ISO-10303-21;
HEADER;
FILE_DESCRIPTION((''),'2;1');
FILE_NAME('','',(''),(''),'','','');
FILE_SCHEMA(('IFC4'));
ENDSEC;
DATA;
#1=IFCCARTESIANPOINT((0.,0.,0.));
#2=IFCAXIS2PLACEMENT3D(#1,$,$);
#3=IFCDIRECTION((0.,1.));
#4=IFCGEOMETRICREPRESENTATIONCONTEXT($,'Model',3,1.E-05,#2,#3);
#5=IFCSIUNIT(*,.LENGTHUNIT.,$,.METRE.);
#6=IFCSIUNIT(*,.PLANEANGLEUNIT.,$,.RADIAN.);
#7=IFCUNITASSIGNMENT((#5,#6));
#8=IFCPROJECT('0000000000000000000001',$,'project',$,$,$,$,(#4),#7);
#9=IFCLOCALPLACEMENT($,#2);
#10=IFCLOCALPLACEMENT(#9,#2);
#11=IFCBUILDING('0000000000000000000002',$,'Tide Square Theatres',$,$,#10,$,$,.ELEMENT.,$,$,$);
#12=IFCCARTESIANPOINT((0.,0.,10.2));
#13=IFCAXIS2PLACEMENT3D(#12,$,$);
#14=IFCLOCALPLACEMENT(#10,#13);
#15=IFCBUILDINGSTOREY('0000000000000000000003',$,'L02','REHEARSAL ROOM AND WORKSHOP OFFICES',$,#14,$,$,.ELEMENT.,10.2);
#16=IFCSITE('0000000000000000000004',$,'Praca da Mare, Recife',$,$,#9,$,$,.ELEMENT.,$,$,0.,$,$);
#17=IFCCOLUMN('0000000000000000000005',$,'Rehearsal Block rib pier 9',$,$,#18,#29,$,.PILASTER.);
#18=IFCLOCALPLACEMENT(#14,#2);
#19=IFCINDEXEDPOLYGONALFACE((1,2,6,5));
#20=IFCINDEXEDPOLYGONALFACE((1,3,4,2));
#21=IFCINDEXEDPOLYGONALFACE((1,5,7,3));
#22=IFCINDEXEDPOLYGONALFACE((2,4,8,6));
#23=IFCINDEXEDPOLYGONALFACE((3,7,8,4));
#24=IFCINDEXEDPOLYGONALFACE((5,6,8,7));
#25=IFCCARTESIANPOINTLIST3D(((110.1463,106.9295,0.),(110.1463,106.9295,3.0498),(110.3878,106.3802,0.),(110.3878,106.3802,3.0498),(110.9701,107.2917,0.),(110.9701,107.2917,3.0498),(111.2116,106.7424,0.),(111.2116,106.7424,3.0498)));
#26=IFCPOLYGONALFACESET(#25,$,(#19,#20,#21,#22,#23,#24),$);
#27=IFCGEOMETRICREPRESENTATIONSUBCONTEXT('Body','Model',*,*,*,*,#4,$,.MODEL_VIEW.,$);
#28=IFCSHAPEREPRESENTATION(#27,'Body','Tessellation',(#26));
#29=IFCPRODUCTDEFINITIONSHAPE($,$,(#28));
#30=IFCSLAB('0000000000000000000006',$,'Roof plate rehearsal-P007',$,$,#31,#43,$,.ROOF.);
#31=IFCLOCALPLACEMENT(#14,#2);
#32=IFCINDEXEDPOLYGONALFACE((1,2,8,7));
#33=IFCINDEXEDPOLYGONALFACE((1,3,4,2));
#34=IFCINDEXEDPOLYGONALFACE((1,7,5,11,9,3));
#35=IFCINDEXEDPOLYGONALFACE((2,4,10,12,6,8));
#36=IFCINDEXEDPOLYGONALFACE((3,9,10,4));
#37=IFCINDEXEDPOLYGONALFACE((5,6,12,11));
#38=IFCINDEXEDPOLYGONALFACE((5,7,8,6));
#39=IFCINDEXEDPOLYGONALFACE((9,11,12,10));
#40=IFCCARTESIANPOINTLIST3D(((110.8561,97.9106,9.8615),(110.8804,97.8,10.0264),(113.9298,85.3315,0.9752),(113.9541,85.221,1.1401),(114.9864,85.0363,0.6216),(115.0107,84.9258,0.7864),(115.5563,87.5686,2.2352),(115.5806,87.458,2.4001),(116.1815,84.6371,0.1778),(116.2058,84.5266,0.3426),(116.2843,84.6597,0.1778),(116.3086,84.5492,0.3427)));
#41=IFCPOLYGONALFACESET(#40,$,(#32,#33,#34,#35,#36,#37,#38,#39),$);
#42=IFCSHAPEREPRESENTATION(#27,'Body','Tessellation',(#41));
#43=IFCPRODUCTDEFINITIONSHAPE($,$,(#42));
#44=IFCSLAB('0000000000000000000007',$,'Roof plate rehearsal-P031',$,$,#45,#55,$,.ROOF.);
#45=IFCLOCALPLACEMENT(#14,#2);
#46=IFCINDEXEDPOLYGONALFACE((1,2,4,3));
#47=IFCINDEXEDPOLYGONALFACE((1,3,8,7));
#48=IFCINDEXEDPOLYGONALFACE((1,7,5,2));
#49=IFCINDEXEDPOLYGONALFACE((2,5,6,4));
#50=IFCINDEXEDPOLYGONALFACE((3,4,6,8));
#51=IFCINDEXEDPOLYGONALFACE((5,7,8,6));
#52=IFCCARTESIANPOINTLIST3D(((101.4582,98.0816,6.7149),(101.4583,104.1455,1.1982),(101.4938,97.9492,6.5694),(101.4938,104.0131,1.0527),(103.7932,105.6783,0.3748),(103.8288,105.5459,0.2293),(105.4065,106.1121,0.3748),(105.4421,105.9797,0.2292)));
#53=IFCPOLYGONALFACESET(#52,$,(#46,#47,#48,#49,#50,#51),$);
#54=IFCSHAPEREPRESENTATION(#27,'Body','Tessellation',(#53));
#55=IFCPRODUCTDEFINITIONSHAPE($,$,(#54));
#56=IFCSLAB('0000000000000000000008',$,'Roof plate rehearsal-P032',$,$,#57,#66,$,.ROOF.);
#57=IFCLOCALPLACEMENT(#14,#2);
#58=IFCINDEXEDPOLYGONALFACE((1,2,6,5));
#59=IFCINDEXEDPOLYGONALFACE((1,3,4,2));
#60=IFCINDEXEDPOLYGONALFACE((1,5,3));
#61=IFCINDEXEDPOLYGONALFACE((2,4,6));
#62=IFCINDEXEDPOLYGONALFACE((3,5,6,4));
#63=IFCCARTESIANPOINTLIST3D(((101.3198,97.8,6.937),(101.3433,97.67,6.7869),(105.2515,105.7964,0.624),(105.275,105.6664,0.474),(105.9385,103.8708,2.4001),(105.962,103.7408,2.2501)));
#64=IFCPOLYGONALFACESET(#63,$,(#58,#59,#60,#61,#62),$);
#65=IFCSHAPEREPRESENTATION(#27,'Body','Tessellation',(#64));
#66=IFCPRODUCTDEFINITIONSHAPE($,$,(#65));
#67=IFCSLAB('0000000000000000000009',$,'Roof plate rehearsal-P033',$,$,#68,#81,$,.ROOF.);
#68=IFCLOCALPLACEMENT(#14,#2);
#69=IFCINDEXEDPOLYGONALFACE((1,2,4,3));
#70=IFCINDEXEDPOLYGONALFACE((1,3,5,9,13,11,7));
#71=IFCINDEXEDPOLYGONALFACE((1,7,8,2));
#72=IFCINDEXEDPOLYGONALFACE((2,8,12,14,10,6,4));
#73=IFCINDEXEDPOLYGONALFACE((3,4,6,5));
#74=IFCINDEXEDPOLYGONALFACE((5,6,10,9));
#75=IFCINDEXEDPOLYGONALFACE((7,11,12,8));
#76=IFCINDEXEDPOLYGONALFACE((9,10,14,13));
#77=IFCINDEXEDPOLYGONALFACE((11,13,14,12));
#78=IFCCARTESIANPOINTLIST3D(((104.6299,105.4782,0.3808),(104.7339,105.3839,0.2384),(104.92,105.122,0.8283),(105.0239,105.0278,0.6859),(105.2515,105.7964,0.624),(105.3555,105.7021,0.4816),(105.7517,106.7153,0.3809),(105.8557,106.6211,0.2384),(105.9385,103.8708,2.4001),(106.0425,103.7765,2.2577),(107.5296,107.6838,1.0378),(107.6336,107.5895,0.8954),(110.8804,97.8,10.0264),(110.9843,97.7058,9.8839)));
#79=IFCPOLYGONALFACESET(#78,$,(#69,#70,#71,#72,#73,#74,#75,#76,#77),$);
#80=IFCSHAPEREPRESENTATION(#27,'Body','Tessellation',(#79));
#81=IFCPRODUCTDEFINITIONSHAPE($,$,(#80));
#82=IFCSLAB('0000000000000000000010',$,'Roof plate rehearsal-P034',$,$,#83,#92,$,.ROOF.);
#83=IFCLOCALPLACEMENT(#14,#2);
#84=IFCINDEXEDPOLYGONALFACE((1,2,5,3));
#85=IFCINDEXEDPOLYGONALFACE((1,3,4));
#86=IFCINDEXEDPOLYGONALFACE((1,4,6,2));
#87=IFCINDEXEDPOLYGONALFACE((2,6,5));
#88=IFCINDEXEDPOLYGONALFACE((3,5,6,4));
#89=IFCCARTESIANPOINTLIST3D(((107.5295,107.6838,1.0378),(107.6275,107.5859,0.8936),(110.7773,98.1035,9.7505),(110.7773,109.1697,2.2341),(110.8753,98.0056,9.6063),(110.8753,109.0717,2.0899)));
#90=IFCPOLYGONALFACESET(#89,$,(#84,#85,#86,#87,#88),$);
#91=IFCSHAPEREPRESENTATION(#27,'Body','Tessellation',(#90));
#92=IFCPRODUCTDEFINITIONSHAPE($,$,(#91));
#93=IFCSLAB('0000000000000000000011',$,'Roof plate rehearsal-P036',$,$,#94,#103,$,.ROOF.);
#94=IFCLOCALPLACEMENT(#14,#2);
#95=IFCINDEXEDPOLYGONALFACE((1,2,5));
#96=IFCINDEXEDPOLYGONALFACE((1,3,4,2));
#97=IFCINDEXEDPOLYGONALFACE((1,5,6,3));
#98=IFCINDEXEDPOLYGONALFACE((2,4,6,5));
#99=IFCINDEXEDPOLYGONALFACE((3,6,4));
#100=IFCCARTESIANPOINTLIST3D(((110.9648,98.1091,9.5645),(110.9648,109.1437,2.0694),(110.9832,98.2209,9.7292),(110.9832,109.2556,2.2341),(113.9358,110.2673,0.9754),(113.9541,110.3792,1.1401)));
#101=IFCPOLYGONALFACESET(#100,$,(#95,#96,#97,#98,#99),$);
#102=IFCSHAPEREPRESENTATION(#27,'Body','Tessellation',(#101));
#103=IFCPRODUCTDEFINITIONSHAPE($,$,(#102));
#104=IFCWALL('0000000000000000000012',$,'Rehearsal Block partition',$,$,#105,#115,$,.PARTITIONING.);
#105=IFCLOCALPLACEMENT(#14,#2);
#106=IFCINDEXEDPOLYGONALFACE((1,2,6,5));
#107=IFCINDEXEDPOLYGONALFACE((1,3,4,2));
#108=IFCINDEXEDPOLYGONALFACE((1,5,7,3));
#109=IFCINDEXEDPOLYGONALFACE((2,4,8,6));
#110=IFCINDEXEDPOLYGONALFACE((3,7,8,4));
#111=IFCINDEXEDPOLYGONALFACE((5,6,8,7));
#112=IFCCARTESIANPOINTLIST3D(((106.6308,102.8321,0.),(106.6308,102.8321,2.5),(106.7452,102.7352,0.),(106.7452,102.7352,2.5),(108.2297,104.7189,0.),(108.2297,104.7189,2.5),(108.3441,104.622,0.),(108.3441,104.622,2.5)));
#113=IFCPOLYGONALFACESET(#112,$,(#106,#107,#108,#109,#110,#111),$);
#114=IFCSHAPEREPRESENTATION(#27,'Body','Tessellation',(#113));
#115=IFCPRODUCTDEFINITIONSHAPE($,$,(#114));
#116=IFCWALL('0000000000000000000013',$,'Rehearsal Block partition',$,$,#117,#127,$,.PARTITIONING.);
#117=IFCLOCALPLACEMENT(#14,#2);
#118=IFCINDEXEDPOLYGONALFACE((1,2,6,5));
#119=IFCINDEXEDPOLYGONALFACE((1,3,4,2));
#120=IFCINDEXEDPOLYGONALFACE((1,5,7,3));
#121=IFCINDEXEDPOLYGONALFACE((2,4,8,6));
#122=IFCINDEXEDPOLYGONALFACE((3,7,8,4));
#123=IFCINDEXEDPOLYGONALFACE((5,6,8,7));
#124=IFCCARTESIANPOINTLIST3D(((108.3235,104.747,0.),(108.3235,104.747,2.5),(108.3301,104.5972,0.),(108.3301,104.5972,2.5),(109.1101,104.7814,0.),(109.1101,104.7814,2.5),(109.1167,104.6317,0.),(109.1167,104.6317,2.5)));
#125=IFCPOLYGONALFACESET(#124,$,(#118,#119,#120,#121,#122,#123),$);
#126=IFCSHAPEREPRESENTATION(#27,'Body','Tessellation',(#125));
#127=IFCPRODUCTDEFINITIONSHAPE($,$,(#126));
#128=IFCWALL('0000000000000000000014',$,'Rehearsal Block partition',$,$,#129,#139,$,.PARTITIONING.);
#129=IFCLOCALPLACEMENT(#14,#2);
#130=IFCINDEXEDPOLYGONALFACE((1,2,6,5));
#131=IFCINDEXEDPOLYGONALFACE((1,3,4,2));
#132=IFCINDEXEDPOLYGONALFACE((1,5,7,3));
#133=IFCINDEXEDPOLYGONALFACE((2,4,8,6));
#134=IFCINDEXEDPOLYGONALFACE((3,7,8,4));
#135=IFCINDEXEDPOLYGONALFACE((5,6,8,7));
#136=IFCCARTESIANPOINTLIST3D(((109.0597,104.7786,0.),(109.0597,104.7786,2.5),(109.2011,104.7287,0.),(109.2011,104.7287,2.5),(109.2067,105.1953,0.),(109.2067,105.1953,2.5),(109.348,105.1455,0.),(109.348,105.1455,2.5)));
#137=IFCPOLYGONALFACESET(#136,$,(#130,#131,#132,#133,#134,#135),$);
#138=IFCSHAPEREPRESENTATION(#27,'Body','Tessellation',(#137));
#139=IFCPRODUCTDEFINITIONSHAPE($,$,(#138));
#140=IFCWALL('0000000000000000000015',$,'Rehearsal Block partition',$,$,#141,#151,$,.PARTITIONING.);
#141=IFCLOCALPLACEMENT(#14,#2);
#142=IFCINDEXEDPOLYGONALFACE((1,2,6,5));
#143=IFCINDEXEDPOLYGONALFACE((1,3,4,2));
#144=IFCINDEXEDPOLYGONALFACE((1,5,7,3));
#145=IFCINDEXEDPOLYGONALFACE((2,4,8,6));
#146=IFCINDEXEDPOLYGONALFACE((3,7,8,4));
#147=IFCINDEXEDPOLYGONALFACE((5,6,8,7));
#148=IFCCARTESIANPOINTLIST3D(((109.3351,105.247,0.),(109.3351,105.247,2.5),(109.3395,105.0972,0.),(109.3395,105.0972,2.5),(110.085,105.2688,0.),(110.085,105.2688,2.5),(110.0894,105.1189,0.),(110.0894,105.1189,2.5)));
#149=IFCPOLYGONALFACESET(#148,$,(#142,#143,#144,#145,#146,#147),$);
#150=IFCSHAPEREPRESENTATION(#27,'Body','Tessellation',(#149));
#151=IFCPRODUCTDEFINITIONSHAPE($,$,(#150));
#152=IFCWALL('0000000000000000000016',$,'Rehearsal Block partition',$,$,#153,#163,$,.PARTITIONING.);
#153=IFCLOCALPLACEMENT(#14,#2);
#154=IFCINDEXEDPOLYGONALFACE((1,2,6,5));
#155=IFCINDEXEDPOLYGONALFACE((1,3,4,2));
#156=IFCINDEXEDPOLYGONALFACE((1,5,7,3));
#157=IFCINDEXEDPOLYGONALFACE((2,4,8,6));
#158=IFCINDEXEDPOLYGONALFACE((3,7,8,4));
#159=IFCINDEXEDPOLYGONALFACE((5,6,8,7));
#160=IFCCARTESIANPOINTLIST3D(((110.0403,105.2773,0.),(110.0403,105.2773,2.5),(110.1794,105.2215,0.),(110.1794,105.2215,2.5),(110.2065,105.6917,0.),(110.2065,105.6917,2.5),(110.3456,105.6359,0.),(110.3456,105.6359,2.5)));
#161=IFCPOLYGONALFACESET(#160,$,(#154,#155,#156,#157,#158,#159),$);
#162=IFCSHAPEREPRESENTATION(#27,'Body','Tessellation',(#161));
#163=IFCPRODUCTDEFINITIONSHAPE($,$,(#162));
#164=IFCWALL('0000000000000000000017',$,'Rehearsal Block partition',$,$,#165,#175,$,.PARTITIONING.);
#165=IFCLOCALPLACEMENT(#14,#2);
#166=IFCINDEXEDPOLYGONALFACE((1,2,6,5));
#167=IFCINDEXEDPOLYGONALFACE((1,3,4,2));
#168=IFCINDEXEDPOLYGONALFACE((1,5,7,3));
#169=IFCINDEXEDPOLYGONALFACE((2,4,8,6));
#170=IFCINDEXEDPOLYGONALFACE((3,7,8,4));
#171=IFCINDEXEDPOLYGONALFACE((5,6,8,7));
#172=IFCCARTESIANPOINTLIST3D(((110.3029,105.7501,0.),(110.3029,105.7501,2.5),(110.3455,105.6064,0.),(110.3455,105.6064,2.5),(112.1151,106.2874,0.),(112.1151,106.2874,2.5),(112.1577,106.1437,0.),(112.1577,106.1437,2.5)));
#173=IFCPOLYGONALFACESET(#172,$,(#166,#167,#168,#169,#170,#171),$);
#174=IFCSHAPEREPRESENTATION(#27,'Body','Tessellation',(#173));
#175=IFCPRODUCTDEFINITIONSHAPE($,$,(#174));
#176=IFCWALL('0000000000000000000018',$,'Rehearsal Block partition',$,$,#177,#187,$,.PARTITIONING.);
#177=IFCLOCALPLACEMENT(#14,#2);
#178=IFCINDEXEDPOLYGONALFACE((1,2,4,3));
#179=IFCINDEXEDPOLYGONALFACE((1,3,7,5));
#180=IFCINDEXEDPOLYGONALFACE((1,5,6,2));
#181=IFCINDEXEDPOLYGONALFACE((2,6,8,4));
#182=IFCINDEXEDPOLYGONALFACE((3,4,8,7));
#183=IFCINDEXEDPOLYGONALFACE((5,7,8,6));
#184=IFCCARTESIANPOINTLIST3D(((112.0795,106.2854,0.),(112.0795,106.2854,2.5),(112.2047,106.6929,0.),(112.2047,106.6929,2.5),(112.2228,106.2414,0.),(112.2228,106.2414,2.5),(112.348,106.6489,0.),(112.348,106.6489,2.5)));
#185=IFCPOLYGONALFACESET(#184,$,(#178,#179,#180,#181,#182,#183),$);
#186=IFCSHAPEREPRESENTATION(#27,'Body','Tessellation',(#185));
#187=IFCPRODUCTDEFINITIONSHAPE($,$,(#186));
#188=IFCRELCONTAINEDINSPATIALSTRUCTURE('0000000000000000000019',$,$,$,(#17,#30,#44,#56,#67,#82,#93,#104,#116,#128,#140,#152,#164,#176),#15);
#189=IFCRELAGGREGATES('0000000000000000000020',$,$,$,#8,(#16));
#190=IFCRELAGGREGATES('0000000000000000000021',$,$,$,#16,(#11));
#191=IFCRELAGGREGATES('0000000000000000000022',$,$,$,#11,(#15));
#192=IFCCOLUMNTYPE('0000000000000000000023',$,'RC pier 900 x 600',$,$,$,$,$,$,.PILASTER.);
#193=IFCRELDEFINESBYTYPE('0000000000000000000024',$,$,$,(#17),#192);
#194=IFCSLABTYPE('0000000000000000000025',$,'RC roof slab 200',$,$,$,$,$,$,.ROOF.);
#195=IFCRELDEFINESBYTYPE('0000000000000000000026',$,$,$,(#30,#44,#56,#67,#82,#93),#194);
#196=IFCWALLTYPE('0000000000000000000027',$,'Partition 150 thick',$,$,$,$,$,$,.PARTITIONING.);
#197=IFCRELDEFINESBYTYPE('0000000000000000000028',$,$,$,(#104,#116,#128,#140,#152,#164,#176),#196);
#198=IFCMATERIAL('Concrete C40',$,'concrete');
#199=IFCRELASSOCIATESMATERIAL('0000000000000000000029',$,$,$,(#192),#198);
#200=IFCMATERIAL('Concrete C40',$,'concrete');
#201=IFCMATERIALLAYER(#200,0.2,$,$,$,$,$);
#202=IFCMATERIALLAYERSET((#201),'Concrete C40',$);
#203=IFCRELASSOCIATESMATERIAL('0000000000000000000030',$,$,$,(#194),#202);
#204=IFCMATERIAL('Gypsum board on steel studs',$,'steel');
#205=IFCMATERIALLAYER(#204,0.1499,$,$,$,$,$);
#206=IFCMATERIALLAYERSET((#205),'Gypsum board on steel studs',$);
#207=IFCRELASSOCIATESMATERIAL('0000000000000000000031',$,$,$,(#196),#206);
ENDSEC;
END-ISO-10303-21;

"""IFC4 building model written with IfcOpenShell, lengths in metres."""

from ifc_helpers import new_model, si_unit, direction, frame, frame_2d, origin, origin_2d, place, context, subcontext, project, spatial, polyline, rectangle, outline, extrude, material, layer, layer_set, material_profile, profile_set, type_object, element, save


model = new_model("IFC4")

# Units and contexts
model_context = context("Model", 3, precision=1e-05, world=origin(), true_north=direction((0.0, 1.0)))
body_context = subcontext(model_context, "Body", "Model", "MODEL_VIEW")
ifc_project = project(units=[si_unit("LENGTHUNIT", "METRE"), si_unit("PLANEANGLEUNIT", "RADIAN")], contexts=[model_context])

# Site, building, storey
site_placement = place(None, origin())
site = spatial("IfcSite", under=ifc_project, at=site_placement, Name="Praca da Mare, Recife", CompositionType="ELEMENT", RefElevation=0.0)
building_placement = place(site_placement, origin())
building = spatial("IfcBuilding", under=site, at=building_placement, Name="Tide Square Theatres", CompositionType="ELEMENT")
storey_placement = place(building_placement, frame((0.0, 0.0, 10.2)))
storey = spatial("IfcBuildingStorey", under=building, at=storey_placement, Name="L02", Description="REHEARSAL ROOM AND WORKSHOP OFFICES", CompositionType="ELEMENT", Elevation=10.2)

# Column
ifc_material_1 = material(Name="Concrete C40", Category="concrete")
ifc_material_profile = material_profile(ifc_material_1, rectangle(XDim=0.8999, YDim=0.6001, at=origin_2d()))
ifc_profile_set = profile_set([ifc_material_profile], Name="Concrete C40")
column_type = type_object("IfcColumnType", Name="RC pier 900 x 600", PredefinedType="PILASTER", material=ifc_profile_set)
column_placement = place(storey_placement, frame((110.679, 106.8359, 0.0), z_axis=(0.0, 0.0, 1.0), x_axis=(-0.915419, -0.402502, 0.0)))
element("IfcColumn", 1, at=column_placement, inside=storey, type_object=column_type, Name="Rehearsal Block rib pier 9", PredefinedType="PILASTER", context=body_context, shape_type="SweptSolid", body=[
    extrude(rectangle(XDim=0.8999, YDim=0.6001, at=origin_2d()), origin(), (0.0, 0.0, 1.0), 3.0498),
])

# Slabs
ifc_material_2 = material(Name="Concrete C40", Category="concrete")
ifc_layer_1 = layer(ifc_material_2, 0.2)
ifc_layer_set_1 = layer_set([ifc_layer_1], Name="Concrete C40")
slab_type = type_object("IfcSlabType", Name="RC roof slab 200", PredefinedType="ROOF", material=ifc_layer_set_1)
slab_1_placement = place(storey_placement, frame((110.8804, 97.8, 10.0264), z_axis=(0.121533, -0.552725, 0.824454), x_axis=(0.195716, -0.80096, -0.565825)))
element("IfcSlab", 2, at=slab_1_placement, inside=storey, type_object=slab_type, Name="Roof plate rehearsal-P007", PredefinedType="ROOF", context=body_context, shape_type="SweptSolid", body=[
    extrude(outline(polyline([(0.0, 0.0), (15.705, 0.0), (17.1531, 2.0227), (17.1551, 2.128), (16.3484, 0.9565), (13.5186, 2.1112), (0.0, 0.0)])), origin(), (0.0, 0.0, -1.0), 0.2),
])
slab_2_placement = place(storey_placement, frame((105.4065, 106.1121, 0.3748), z_axis=(-0.178014, 0.662194, 0.72788), x_axis=(-0.965702, -0.259651, 0.000043)))
element("IfcSlab", 3, at=slab_2_placement, inside=storey, type_object=slab_type, Name="Roof plate rehearsal-P031", PredefinedType="ROOF", context=body_context, shape_type="SweptSolid", body=[
    extrude(outline(polyline([(0.0, 0.0), (1.6706, 0.0), (4.3235, 1.2007), (5.8982, 9.2458), (0.0, 0.0)])), origin(), (0.0, 0.0, -1.0), 0.2),
])
slab_3_placement = place(storey_placement, frame((105.2515, 105.7964, 0.624), z_axis=(-0.117572, 0.650321, 0.750506), x_axis=(-0.36003, -0.732245, 0.578096)))
element("IfcSlab", 4, at=slab_3_placement, inside=storey, type_object=slab_type, Name="Roof plate rehearsal-P032", PredefinedType="ROOF", context=body_context, shape_type="SweptSolid", body=[
    extrude(outline(polyline([(0.0, 0.0), (10.9203, 0.0), (2.1894, 1.594), (0.0, 0.0)])), origin(), (0.0, 0.0, -1.0), 0.2),
])
slab_4_placement = place(storey_placement, frame((110.8804, 97.8, 10.0264), z_axis=(-0.52, 0.471465, 0.712265), x_axis=(-0.243277, 0.717589, -0.652597)))
element("IfcSlab", 5, at=slab_4_placement, inside=storey, type_object=slab_type, Name="Roof plate rehearsal-P033", PredefinedType="ROOF", context=body_context, shape_type="SweptSolid", body=[
    extrude(outline(polyline([(0.0, 0.0), (13.7736, 0.0), (13.9398, 2.122), (13.325, 3.6746), (12.7068, 3.5041), (13.2434, 2.9398), (10.5354, 2.9053), (0.0, 0.0)])), origin(), (0.0, 0.0, -1.0), 0.2),
])
slab_5_placement = place(storey_placement, frame((107.5295, 107.6838, 1.0378), z_axis=(-0.489764, 0.489868, 0.721222), x_axis=(0.243268, -0.71759, 0.652599)))
element("IfcSlab", 6, at=slab_5_placement, inside=storey, type_object=slab_type, Name="Roof plate rehearsal-P034", PredefinedType="ROOF", context=body_context, shape_type="SweptSolid", body=[
    extrude(outline(polyline([(0.0, 0.0), (13.3507, 0.0), (0.5046, 3.7326), (0.0, 0.0)])), origin(), (0.0, 0.0, -1.0), 0.2),
])
slab_6_placement = place(storey_placement, frame((113.9541, 110.3792, 1.1401), z_axis=(0.091733, 0.559507, 0.823733), x_axis=(-0.884364, -0.334444, 0.32565)))
element("IfcSlab", 7, at=slab_6_placement, inside=storey, type_object=slab_type, Name="Roof plate rehearsal-P036", PredefinedType="ROOF", context=body_context, shape_type="SweptSolid", body=[
    extrude(outline(polyline([(0.0, 0.0), (3.3594, 0.0), (9.4907, 11.8469), (0.0, 0.0)])), origin(), (0.0, 0.0, -1.0), 0.2),
])

# Walls
ifc_material_3 = material(Name="Gypsum board on steel studs", Category="steel")
ifc_layer_2 = layer(ifc_material_3, 0.1499)
ifc_layer_set_2 = layer_set([ifc_layer_2], Name="Gypsum board on steel studs")
wall_type_1 = type_object("IfcWallType", Name="Partition 150 thick", PredefinedType="PARTITIONING", material=ifc_layer_set_2)
wall_1_placement = place(storey_placement, frame((106.688, 102.7837, 0.0), z_axis=(0.0, 0.0, 1.0), x_axis=(0.646513, 0.762903, 0.0)))
element("IfcWall", 8, at=wall_1_placement, inside=storey, type_object=wall_type_1, Name="Rehearsal Block partition", PredefinedType="PARTITIONING", context=body_context, shape_type="SweptSolid", body=[
    extrude(rectangle(XDim=2.4731, YDim=0.1499, at=frame_2d((1.2366, 0.0))), origin(), (0.0, 0.0, 1.0), 2.5),
])
wall_2_placement = place(storey_placement, frame((108.3269, 104.6721, 0.0), z_axis=(0.0, 0.0, 1.0), x_axis=(0.999044, 0.04372, 0.0)))
element("IfcWall", 9, at=wall_2_placement, inside=storey, type_object=wall_type_1, Name="Rehearsal Block partition", PredefinedType="PARTITIONING", context=body_context, shape_type="SweptSolid", body=[
    extrude(rectangle(XDim=0.7874, YDim=0.1499, at=frame_2d((0.3936, 0.0))), origin(), (0.0, 0.0, 1.0), 2.5),
])
wall_3_placement = place(storey_placement, frame((109.1304, 104.7537, 0.0), z_axis=(0.0, 0.0, 1.0), x_axis=(0.332589, 0.943072, 0.0)))
element("IfcWall", 10, at=wall_3_placement, inside=storey, type_object=wall_type_1, Name="Rehearsal Block partition", PredefinedType="PARTITIONING", context=body_context, shape_type="SweptSolid", body=[
    extrude(rectangle(XDim=0.4419, YDim=0.1499, at=frame_2d((0.2209, 0.0))), origin(), (0.0, 0.0, 1.0), 2.5),
])
wall_4_placement = place(storey_placement, frame((109.3374, 105.1721, 0.0), z_axis=(0.0, 0.0, 1.0), x_axis=(0.999581, 0.028959, 0.0)))
element("IfcWall", 11, at=wall_4_placement, inside=storey, type_object=wall_type_1, Name="Rehearsal Block partition", PredefinedType="PARTITIONING", context=body_context, shape_type="SweptSolid", body=[
    extrude(rectangle(XDim=0.7502, YDim=0.1499, at=frame_2d((0.375, 0.0))), origin(), (0.0, 0.0, 1.0), 2.5),
])
wall_5_placement = place(storey_placement, frame((110.1099, 105.2495, 0.0), z_axis=(0.0, 0.0, 1.0), x_axis=(0.372239, 0.928137, 0.0)))
element("IfcWall", 12, at=wall_5_placement, inside=storey, type_object=wall_type_1, Name="Rehearsal Block partition", PredefinedType="PARTITIONING", context=body_context, shape_type="SweptSolid", body=[
    extrude(rectangle(XDim=0.4465, YDim=0.1499, at=frame_2d((0.2231, 0.0))), origin(), (0.0, 0.0, 1.0), 2.5),
])
wall_6_placement = place(storey_placement, frame((110.3242, 105.6782, 0.0), z_axis=(0.0, 0.0, 1.0), x_axis=(0.958742, 0.284277, 0.0)))
element("IfcWall", 13, at=wall_6_placement, inside=storey, type_object=wall_type_1, Name="Rehearsal Block partition", PredefinedType="PARTITIONING", context=body_context, shape_type="SweptSolid", body=[
    extrude(rectangle(XDim=1.8901, YDim=0.1499, at=frame_2d((0.9451, 0.0))), origin(), (0.0, 0.0, 1.0), 2.5),
])
wall_7_placement = place(storey_placement, frame((112.1511, 106.2634, 0.0), z_axis=(0.0, 0.0, 1.0), x_axis=(0.293804, 0.955866, 0.0)))
element("IfcWall", 14, at=wall_7_placement, inside=storey, type_object=wall_type_1, Name="Rehearsal Block partition", PredefinedType="PARTITIONING", context=body_context, shape_type="SweptSolid", body=[
    extrude(rectangle(XDim=0.4263, YDim=0.1499, at=frame_2d((0.2131, 0.0))), origin(), (0.0, 0.0, 1.0), 2.5),
])

save(model, "model.ifc")
